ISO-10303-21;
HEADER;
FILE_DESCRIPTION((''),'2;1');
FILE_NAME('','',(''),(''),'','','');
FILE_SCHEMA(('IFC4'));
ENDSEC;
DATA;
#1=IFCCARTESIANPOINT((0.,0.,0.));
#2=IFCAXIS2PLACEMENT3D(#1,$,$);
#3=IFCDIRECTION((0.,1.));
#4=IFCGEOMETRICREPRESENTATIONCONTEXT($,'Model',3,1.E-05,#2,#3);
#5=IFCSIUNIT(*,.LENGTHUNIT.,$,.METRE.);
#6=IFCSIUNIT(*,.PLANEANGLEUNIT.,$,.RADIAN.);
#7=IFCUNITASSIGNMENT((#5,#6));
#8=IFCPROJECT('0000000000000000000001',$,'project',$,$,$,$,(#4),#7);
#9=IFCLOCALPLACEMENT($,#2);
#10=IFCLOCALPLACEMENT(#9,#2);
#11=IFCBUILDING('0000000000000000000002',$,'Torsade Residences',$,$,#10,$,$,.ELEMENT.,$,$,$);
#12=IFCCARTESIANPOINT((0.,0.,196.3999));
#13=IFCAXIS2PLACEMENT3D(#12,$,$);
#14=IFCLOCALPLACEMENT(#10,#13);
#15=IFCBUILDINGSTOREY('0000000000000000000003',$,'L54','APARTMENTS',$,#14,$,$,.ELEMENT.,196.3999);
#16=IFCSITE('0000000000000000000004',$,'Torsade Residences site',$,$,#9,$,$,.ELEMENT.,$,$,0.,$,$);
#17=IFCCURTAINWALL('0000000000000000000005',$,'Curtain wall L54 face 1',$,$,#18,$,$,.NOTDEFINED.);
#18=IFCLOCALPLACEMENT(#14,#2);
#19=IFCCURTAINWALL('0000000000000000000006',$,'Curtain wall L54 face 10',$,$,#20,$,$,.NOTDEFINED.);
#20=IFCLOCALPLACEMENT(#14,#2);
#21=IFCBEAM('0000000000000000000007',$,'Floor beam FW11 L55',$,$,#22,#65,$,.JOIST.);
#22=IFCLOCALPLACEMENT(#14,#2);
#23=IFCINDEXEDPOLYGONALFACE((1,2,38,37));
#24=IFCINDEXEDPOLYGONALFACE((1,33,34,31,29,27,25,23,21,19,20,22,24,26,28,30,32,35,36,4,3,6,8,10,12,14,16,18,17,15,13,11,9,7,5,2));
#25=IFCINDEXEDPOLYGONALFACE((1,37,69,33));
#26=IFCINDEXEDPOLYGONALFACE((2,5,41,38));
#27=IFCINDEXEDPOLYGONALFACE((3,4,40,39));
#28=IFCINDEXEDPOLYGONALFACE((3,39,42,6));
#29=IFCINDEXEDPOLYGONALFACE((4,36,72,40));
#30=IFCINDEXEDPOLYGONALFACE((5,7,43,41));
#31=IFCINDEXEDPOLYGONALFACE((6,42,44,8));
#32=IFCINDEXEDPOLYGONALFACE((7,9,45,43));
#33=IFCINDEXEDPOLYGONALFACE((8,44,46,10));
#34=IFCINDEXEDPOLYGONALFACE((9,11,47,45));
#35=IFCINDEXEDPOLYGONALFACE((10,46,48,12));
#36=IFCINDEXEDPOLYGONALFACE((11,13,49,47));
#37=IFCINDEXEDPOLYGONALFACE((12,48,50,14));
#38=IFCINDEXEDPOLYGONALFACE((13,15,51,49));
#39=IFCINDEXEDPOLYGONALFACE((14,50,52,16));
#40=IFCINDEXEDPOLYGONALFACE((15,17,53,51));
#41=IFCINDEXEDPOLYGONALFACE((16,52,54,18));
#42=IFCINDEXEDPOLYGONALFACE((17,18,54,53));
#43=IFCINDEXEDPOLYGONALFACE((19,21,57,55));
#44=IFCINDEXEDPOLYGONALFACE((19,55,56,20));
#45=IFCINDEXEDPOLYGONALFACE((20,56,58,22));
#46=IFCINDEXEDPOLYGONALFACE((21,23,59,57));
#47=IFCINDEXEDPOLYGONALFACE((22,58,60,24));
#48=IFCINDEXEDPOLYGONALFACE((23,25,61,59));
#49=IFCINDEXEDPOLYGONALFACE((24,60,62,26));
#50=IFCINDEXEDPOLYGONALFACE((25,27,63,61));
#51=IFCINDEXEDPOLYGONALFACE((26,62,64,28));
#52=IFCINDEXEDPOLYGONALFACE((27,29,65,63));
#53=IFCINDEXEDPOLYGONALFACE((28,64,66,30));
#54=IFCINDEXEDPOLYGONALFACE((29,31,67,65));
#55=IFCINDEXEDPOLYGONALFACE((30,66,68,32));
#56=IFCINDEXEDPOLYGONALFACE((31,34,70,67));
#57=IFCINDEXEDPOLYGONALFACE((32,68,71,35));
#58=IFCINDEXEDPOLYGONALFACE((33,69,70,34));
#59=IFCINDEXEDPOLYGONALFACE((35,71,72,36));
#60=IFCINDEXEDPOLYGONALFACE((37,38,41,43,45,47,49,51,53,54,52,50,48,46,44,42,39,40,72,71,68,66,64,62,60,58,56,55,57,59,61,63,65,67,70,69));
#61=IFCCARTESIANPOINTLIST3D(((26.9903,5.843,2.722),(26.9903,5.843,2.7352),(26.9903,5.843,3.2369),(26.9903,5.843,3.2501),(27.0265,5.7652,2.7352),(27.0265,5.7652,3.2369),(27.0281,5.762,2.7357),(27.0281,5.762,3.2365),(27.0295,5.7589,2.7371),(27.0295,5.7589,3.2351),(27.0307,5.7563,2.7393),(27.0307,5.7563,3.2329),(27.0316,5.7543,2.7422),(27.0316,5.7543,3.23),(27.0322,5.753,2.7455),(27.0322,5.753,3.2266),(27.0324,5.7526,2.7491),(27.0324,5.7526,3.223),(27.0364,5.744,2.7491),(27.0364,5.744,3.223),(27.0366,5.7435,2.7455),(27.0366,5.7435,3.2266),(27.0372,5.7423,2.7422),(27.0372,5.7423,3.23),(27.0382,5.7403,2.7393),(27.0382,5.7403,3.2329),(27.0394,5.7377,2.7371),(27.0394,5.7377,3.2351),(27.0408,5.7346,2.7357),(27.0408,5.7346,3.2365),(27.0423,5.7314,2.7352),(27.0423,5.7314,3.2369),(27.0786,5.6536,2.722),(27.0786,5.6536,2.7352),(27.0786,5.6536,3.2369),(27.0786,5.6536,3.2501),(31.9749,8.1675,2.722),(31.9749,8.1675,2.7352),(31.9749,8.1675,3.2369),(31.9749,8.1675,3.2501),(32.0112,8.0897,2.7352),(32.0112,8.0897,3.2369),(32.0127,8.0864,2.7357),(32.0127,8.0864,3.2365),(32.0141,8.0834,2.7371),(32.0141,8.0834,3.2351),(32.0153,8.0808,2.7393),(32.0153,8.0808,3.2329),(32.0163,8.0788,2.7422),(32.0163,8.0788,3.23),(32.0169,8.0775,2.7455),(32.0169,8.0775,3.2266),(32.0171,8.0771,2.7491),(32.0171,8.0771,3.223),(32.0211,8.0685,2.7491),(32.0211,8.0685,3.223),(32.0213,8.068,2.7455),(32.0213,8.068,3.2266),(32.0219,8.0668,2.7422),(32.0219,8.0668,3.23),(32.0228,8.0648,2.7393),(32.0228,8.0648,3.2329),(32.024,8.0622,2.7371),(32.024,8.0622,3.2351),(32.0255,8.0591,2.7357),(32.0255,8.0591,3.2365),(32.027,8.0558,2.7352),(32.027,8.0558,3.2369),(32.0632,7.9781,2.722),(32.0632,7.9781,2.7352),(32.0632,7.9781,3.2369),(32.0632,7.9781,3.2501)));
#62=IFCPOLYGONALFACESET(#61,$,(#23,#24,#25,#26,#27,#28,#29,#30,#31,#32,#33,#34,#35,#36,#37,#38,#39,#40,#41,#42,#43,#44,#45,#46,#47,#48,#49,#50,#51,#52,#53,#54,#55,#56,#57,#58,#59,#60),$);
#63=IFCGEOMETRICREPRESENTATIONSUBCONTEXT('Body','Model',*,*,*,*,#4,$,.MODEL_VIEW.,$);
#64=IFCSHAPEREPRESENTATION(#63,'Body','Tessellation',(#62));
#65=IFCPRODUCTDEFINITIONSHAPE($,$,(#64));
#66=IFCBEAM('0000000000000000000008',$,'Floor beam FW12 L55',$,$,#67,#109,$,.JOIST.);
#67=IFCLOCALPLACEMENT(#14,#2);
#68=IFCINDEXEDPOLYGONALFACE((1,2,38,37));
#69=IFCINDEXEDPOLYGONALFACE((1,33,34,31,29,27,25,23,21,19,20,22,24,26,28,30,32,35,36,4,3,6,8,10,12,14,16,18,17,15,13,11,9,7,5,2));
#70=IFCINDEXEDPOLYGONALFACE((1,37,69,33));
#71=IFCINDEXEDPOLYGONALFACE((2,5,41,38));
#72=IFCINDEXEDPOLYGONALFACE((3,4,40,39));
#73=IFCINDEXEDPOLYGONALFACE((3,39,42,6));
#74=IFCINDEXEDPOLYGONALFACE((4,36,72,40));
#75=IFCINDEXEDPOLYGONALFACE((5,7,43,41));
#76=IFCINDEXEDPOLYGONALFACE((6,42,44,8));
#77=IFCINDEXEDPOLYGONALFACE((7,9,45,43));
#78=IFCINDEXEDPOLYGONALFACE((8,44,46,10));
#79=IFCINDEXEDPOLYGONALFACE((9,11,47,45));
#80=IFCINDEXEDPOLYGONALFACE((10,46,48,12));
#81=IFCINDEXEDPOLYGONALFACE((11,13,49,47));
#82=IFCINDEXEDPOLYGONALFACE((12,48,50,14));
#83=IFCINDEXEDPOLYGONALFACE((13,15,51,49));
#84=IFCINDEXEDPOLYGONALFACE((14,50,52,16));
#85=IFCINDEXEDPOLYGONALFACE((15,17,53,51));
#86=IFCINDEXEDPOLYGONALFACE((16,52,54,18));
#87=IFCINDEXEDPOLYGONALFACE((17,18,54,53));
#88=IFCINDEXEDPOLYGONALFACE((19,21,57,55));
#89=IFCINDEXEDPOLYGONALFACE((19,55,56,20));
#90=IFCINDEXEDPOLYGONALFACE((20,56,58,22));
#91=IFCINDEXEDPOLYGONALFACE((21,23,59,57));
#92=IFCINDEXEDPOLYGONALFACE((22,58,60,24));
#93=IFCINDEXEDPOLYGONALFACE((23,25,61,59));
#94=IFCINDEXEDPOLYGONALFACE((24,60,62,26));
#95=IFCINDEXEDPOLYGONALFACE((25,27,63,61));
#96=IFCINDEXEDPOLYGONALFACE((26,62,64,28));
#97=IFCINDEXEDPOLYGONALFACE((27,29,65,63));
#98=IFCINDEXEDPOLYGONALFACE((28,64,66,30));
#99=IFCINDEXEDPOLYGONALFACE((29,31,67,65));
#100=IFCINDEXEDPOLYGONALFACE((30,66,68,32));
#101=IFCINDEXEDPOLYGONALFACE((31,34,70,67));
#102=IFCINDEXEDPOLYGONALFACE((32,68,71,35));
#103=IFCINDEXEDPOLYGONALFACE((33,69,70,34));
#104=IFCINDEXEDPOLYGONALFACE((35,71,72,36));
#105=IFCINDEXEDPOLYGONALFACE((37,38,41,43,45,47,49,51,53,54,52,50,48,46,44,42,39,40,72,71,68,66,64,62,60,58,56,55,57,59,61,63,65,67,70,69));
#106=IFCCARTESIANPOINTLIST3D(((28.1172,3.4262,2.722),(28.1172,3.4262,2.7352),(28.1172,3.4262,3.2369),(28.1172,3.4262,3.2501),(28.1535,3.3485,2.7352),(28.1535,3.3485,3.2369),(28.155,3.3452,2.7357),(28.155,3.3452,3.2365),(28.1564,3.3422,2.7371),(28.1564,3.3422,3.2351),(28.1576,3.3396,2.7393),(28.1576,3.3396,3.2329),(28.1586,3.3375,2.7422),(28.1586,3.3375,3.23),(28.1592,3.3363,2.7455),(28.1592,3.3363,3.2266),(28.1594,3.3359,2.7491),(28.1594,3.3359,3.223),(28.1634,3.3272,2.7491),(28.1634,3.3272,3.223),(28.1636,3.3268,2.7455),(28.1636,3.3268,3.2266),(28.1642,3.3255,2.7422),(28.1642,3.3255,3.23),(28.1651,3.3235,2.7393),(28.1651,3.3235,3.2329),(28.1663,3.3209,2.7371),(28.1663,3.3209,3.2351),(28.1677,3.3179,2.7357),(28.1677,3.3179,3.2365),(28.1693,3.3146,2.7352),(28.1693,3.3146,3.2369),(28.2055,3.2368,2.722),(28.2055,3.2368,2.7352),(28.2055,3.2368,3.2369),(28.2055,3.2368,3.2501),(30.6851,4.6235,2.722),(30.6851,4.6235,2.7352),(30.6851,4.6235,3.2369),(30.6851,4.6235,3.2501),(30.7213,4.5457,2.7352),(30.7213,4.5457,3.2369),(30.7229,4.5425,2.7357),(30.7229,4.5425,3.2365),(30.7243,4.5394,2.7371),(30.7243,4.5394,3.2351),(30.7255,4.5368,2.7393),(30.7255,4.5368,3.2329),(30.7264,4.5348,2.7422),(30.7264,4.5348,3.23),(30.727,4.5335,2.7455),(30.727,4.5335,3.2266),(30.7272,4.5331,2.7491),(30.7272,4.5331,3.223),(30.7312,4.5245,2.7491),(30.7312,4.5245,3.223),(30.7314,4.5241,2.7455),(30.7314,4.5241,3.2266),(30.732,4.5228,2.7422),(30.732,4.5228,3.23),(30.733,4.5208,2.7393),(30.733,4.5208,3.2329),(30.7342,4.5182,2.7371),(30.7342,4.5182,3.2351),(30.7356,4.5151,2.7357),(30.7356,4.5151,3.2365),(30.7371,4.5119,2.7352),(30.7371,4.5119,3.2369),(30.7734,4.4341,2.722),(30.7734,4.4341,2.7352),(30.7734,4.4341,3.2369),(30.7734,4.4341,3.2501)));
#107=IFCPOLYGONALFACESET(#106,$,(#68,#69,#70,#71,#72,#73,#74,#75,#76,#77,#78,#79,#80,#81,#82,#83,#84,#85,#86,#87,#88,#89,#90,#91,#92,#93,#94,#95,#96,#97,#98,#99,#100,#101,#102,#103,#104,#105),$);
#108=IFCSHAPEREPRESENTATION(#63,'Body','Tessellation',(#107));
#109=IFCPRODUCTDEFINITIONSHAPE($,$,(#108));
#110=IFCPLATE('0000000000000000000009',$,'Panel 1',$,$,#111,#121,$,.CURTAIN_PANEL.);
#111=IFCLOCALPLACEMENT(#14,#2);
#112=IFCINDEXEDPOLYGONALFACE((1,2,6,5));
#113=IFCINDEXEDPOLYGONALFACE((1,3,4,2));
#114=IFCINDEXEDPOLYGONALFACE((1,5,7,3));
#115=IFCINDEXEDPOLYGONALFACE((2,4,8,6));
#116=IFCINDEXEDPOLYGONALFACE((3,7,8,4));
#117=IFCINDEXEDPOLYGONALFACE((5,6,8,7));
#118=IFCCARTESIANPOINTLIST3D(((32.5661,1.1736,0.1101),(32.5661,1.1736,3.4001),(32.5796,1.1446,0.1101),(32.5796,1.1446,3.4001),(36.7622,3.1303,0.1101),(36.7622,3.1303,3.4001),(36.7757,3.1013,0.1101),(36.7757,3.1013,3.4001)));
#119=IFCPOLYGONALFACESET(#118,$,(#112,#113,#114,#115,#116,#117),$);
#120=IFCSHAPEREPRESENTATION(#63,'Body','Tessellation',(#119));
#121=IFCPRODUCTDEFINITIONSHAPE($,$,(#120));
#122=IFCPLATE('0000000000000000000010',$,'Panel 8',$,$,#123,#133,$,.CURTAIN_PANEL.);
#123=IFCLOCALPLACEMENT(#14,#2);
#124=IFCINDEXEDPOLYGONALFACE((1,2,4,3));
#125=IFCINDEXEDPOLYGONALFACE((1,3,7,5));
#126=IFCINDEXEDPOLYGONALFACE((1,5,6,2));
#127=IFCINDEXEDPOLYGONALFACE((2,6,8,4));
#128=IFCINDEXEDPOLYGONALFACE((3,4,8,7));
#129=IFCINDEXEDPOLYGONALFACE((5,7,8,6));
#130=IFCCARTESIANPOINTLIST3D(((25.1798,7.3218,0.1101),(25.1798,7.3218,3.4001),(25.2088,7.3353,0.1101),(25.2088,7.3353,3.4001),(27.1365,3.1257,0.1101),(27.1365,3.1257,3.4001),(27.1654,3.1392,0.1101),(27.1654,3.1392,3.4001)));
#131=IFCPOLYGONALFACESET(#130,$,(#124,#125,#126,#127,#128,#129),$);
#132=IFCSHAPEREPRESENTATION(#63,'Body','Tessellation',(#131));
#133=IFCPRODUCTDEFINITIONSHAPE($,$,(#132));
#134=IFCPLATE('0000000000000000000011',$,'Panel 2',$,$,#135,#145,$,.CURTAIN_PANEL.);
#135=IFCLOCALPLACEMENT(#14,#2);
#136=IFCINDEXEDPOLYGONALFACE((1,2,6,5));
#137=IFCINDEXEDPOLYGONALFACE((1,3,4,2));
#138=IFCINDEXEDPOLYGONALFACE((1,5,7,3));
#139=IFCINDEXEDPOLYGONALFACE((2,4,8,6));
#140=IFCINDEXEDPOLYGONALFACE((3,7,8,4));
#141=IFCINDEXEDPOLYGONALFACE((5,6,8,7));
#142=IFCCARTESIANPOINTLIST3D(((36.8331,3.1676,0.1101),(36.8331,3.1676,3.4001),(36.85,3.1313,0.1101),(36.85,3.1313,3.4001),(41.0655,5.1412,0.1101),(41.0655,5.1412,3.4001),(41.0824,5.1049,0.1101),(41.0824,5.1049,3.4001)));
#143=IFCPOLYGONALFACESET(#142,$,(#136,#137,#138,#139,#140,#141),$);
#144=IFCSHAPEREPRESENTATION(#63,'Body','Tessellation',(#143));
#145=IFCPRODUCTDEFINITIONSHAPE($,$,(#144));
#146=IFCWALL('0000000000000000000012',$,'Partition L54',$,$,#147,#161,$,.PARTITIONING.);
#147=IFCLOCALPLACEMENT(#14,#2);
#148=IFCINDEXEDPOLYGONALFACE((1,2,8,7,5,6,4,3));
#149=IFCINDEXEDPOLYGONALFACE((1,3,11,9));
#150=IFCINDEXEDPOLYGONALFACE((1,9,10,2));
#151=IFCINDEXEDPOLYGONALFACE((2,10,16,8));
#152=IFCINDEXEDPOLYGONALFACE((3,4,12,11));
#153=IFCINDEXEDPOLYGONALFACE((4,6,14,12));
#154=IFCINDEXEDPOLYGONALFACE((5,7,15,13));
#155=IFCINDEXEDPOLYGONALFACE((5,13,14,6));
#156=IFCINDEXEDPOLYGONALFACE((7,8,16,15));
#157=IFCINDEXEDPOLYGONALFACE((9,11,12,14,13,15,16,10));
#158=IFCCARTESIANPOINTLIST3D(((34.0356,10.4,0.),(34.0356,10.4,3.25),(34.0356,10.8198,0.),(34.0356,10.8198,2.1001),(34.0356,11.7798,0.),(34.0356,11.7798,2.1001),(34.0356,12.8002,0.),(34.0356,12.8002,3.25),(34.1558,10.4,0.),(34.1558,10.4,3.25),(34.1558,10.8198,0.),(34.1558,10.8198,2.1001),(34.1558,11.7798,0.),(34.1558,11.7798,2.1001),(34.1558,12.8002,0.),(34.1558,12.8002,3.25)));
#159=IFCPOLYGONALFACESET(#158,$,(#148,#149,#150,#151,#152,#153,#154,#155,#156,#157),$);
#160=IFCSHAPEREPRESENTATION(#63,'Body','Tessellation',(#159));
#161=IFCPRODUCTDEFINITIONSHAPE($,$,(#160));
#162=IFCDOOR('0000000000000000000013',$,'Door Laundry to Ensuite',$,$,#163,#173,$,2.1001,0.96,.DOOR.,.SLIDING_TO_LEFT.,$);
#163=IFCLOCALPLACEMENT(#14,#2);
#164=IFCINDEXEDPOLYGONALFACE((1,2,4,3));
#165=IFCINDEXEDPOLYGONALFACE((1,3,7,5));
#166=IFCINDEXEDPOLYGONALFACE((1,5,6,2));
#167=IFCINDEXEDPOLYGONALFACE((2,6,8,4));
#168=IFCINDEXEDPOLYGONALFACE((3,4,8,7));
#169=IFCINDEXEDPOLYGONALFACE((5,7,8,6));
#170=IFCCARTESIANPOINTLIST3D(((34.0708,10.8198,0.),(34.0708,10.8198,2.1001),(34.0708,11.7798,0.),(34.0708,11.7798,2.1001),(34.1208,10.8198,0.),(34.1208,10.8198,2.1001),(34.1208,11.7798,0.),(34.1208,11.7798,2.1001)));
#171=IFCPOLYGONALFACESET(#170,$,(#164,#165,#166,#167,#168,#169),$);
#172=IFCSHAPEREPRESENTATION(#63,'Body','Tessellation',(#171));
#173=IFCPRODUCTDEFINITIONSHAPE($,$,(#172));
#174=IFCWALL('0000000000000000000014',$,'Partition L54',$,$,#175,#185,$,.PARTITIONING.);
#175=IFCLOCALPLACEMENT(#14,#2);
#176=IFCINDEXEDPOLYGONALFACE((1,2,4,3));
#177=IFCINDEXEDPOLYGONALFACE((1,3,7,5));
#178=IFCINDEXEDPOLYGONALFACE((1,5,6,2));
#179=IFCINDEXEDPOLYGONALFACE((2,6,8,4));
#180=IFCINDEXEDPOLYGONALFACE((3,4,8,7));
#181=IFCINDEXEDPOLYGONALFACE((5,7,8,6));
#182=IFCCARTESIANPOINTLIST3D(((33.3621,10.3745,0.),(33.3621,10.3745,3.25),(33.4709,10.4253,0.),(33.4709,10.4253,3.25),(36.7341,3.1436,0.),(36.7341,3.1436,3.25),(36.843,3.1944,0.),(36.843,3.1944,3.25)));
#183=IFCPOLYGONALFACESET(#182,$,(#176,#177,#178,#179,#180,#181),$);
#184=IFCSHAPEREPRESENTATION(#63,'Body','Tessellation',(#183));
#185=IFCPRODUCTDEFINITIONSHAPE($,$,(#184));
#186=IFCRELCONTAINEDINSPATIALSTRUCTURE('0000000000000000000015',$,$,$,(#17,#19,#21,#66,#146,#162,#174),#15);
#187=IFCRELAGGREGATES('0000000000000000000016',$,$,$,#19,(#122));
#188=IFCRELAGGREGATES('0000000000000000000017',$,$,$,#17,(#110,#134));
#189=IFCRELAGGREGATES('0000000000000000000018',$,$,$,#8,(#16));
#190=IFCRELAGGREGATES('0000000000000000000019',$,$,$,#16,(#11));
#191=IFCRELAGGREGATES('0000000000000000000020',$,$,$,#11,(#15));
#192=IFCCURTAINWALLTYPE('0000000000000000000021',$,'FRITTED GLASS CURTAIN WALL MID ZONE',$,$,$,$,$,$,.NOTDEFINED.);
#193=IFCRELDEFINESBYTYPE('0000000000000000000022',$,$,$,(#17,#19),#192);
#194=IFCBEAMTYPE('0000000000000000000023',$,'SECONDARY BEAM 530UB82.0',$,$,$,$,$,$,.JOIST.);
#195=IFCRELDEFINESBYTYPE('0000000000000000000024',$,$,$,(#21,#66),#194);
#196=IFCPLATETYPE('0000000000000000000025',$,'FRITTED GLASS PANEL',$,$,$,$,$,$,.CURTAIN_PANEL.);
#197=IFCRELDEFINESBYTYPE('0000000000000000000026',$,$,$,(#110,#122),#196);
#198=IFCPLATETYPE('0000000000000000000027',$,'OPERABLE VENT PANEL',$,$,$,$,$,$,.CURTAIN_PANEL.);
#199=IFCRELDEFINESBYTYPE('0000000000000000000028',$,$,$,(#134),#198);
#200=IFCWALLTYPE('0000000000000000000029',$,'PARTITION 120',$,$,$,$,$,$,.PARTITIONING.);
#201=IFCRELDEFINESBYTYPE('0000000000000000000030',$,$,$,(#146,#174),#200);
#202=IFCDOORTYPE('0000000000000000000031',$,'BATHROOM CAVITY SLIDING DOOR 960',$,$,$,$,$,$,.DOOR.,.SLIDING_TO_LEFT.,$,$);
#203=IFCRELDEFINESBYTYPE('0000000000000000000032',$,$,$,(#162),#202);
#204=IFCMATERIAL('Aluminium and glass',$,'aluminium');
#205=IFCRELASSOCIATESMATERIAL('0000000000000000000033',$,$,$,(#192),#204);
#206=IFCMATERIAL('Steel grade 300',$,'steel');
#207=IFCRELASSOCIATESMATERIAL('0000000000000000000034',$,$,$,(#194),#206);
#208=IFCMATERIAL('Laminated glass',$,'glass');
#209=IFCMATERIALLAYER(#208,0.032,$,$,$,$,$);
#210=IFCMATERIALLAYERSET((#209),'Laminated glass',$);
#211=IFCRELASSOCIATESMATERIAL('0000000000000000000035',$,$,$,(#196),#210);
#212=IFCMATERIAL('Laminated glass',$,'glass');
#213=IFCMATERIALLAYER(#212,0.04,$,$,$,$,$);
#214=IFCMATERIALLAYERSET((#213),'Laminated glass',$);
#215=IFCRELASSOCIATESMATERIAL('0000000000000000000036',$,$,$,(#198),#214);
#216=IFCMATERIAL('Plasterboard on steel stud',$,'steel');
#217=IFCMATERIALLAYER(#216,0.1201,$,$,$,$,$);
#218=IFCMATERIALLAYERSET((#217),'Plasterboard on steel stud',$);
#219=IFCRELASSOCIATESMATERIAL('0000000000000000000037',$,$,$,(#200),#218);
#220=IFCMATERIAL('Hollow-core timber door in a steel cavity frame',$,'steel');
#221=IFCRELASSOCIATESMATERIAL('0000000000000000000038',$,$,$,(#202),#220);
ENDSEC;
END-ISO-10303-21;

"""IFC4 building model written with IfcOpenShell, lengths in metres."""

from ifc_helpers import new_model, si_unit, direction, frame, frame_2d, origin, origin_2d, place, context, subcontext, project, spatial, rectangle, i_section, extrude, material, layer, layer_set, material_profile, profile_set, type_object, element, fill, aggregate, save


model = new_model("IFC4")

# Units and contexts
model_context = context("Model", 3, precision=1e-05, world=origin(), true_north=direction((0.0, 1.0)))
body_context = subcontext(model_context, "Body", "Model", "MODEL_VIEW")
ifc_project = project(units=[si_unit("LENGTHUNIT", "METRE"), si_unit("PLANEANGLEUNIT", "RADIAN")], contexts=[model_context])

# Site, building, storey
site_placement = place(None, origin())
site = spatial("IfcSite", under=ifc_project, at=site_placement, Name="Torsade Residences site", CompositionType="ELEMENT", RefElevation=0.0)
building_placement = place(site_placement, origin())
building = spatial("IfcBuilding", under=site, at=building_placement, Name="Torsade Residences", CompositionType="ELEMENT")
storey_placement = place(building_placement, frame((0.0, 0.0, 196.3999)))
storey = spatial("IfcBuildingStorey", under=building, at=storey_placement, Name="L54", Description="APARTMENTS", CompositionType="ELEMENT", Elevation=196.3999)

# Curtain wall
ifc_material_1 = material(Name="Aluminium and glass", Category="aluminium")
curtain_wall_type = type_object("IfcCurtainWallType", Name="FRITTED GLASS CURTAIN WALL MID ZONE", PredefinedType="NOTDEFINED", material=ifc_material_1)
curtain_wall_1_placement = place(storey_placement, origin())
curtain_wall_1 = element("IfcCurtainWall", 1, at=curtain_wall_1_placement, inside=storey, type_object=curtain_wall_type, Name="Curtain wall L54 face 1", PredefinedType="NOTDEFINED")

# Curtain wall
curtain_wall_2_placement = place(storey_placement, origin())
curtain_wall_2 = element("IfcCurtainWall", 2, at=curtain_wall_2_placement, inside=storey, type_object=curtain_wall_type, Name="Curtain wall L54 face 10", PredefinedType="NOTDEFINED")

# Beams
ifc_material_2 = material(Name="Steel grade 300", Category="steel")
ifc_material_profile_1 = material_profile(ifc_material_2, i_section(OverallWidth=0.209, OverallDepth=0.5281, WebThickness=0.0095, FlangeThickness=0.0132, FilletRadius=0.0139, at=origin_2d()), Name="530UB82.0")
ifc_profile_set_1 = profile_set([ifc_material_profile_1], Name="Steel grade 300")
beam_type_1 = type_object("IfcBeamType", Name="SECONDARY BEAM 530UB82.0", PredefinedType="JOIST", material=ifc_profile_set_1)
beam_1_placement = place(storey_placement, frame((27.0344, 5.7483, 2.9861), z_axis=(0.906301, 0.422633, 0.0), x_axis=(-0.422633, 0.906301, 0.0)))
element("IfcBeam", 3, at=beam_1_placement, inside=storey, type_object=beam_type_1, Name="Floor beam FW11 L55", PredefinedType="JOIST", context=body_context, shape_type="SweptSolid", body=[
    extrude(i_section(OverallWidth=0.209, OverallDepth=0.5281, WebThickness=0.0095, FlangeThickness=0.0132, FilletRadius=0.0139, at=origin_2d()), origin(), (0.0, 0.0, 1.0), 5.5),
])
beam_2_placement = place(storey_placement, frame((28.1614, 3.3315, 2.9861), z_axis=(0.906328, 0.422574, 0.0), x_axis=(-0.422574, 0.906328, 0.0)))
element("IfcBeam", 4, at=beam_2_placement, inside=storey, type_object=beam_type_1, Name="Floor beam FW12 L55", PredefinedType="JOIST", context=body_context, shape_type="SweptSolid", body=[
    extrude(i_section(OverallWidth=0.209, OverallDepth=0.5281, WebThickness=0.0095, FlangeThickness=0.0132, FilletRadius=0.0139, at=origin_2d()), origin(), (0.0, 0.0, 1.0), 2.8333),
])

# Plates
ifc_material_3 = material(Name="Laminated glass", Category="glass")
ifc_layer_1 = layer(ifc_material_3, 0.032)
ifc_layer_set_1 = layer_set([ifc_layer_1], Name="Laminated glass")
plate_type_1 = type_object("IfcPlateType", Name="FRITTED GLASS PANEL", PredefinedType="CURTAIN_PANEL", material=ifc_layer_set_1)
plate_1_placement = place(storey_placement, frame((34.6709, 2.1375, 0.1101), z_axis=(0.0, 0.0, 1.0), x_axis=(0.906308, 0.422618, 0.0)))
plate_1 = element("IfcPlate", 5, at=plate_1_placement, type_object=plate_type_1, Name="Panel 1", PredefinedType="CURTAIN_PANEL", context=body_context, shape_type="SweptSolid", body=[
    extrude(rectangle(XDim=4.6299, YDim=0.032, at=origin_2d()), origin(), (0.0, 0.0, 1.0), 3.29),
])
plate_2_placement = place(storey_placement, frame((26.1726, 5.2305, 0.1101), z_axis=(0.0, 0.0, 1.0), x_axis=(0.422618, -0.906308, 0.0)))
plate_2 = element("IfcPlate", 6, at=plate_2_placement, type_object=plate_type_1, Name="Panel 8", PredefinedType="CURTAIN_PANEL", context=body_context, shape_type="SweptSolid", body=[
    extrude(rectangle(XDim=4.6299, YDim=0.032, at=origin_2d()), origin(), (0.0, 0.0, 1.0), 3.29),
])
aggregate(curtain_wall_2, [plate_2])
ifc_material_4 = material(Name="Laminated glass", Category="glass")
ifc_layer_2 = layer(ifc_material_4, 0.04)
ifc_layer_set_2 = layer_set([ifc_layer_2], Name="Laminated glass")
plate_type_2 = type_object("IfcPlateType", Name="OPERABLE VENT PANEL", PredefinedType="CURTAIN_PANEL", material=ifc_layer_set_2)
plate_3_placement = place(storey_placement, frame((38.9578, 4.1362, 0.1101), z_axis=(0.0, 0.0, 1.0), x_axis=(0.906308, 0.422618, 0.0)))
plate_3 = element("IfcPlate", 7, at=plate_3_placement, type_object=plate_type_2, Name="Panel 2", PredefinedType="CURTAIN_PANEL", context=body_context, shape_type="SweptSolid", body=[
    extrude(rectangle(XDim=4.6699, YDim=0.04, at=origin_2d()), origin(), (0.0, 0.0, 1.0), 3.29),
])
aggregate(curtain_wall_1, [plate_1, plate_3])

# Wall, opening, door
ifc_material_5 = material(Name="Plasterboard on steel stud", Category="steel")
ifc_layer_3 = layer(ifc_material_5, 0.1201)
ifc_layer_set_3 = layer_set([ifc_layer_3], Name="Plasterboard on steel stud")
wall_type_1 = type_object("IfcWallType", Name="PARTITION 120", PredefinedType="PARTITIONING", material=ifc_layer_set_3)
wall_1_placement = place(storey_placement, frame((34.0957, 10.3999, 0.0), z_axis=(0.0, 0.0, 1.0), x_axis=(0.0, 1.0, 0.0)))
wall_1 = element("IfcWall", 8, at=wall_1_placement, inside=storey, type_object=wall_type_1, Name="Partition L54", PredefinedType="PARTITIONING", context=body_context, shape_type="SweptSolid", body=[
    extrude(rectangle(XDim=2.4001, YDim=0.1201, at=frame_2d((1.2002, 0.0))), origin(), (0.0, 0.0, 1.0), 3.25),
])
opening_1_placement = place(wall_1_placement, frame((0.4199, 0.0, 0.0)))
opening_1 = element("IfcOpeningElement", 9, at=opening_1_placement, cuts=wall_1, PredefinedType="OPENING", context=body_context, shape_type="SweptSolid", body=[
    extrude(rectangle(XDim=0.96, YDim=2.1001, at=frame_2d((0.48, 1.05))), frame((0.0, 0.0701, 0.0), z_axis=(0.0, -1.0, 0.0), x_axis=(1.0, 0.0, 0.0)), (0.0, 0.0, 1.0), 0.1401),
])
ifc_material_6 = material(Name="Hollow-core timber door in a steel cavity frame", Category="steel")
door_type_1 = type_object("IfcDoorType", Name="BATHROOM CAVITY SLIDING DOOR 960", OperationType="SLIDING_TO_LEFT", PredefinedType="DOOR", material=ifc_material_6)
door_1_placement = place(opening_1_placement, origin())
door_1 = element("IfcDoor", 10, at=door_1_placement, inside=storey, type_object=door_type_1, Name="Door Laundry to Ensuite", OperationType="SLIDING_TO_LEFT", OverallHeight=2.1001, OverallWidth=0.96, PredefinedType="DOOR", context=body_context, shape_type="SweptSolid", body=[
    extrude(rectangle(XDim=0.96, YDim=2.1001, at=frame_2d((0.48, 1.05))), frame((0.0, 0.0249, 0.0), z_axis=(0.0, -1.0, 0.0), x_axis=(1.0, 0.0, 0.0)), (0.0, 0.0, 1.0), 0.05),
])
fill(opening_1, door_1)

# Wall
wall_2_placement = place(storey_placement, frame((33.4165, 10.3999, 0.0), z_axis=(0.0, 0.0, 1.0), x_axis=(0.422641, -0.906297, 0.0)))
element("IfcWall", 11, at=wall_2_placement, inside=storey, type_object=wall_type_1, Name="Partition L54", PredefinedType="PARTITIONING", context=body_context, shape_type="SweptSolid", body=[
    extrude(rectangle(XDim=7.9785, YDim=0.1201, at=frame_2d((3.9893, 0.0))), origin(), (0.0, 0.0, 1.0), 3.25),
])

save(model, "model.ifc")
